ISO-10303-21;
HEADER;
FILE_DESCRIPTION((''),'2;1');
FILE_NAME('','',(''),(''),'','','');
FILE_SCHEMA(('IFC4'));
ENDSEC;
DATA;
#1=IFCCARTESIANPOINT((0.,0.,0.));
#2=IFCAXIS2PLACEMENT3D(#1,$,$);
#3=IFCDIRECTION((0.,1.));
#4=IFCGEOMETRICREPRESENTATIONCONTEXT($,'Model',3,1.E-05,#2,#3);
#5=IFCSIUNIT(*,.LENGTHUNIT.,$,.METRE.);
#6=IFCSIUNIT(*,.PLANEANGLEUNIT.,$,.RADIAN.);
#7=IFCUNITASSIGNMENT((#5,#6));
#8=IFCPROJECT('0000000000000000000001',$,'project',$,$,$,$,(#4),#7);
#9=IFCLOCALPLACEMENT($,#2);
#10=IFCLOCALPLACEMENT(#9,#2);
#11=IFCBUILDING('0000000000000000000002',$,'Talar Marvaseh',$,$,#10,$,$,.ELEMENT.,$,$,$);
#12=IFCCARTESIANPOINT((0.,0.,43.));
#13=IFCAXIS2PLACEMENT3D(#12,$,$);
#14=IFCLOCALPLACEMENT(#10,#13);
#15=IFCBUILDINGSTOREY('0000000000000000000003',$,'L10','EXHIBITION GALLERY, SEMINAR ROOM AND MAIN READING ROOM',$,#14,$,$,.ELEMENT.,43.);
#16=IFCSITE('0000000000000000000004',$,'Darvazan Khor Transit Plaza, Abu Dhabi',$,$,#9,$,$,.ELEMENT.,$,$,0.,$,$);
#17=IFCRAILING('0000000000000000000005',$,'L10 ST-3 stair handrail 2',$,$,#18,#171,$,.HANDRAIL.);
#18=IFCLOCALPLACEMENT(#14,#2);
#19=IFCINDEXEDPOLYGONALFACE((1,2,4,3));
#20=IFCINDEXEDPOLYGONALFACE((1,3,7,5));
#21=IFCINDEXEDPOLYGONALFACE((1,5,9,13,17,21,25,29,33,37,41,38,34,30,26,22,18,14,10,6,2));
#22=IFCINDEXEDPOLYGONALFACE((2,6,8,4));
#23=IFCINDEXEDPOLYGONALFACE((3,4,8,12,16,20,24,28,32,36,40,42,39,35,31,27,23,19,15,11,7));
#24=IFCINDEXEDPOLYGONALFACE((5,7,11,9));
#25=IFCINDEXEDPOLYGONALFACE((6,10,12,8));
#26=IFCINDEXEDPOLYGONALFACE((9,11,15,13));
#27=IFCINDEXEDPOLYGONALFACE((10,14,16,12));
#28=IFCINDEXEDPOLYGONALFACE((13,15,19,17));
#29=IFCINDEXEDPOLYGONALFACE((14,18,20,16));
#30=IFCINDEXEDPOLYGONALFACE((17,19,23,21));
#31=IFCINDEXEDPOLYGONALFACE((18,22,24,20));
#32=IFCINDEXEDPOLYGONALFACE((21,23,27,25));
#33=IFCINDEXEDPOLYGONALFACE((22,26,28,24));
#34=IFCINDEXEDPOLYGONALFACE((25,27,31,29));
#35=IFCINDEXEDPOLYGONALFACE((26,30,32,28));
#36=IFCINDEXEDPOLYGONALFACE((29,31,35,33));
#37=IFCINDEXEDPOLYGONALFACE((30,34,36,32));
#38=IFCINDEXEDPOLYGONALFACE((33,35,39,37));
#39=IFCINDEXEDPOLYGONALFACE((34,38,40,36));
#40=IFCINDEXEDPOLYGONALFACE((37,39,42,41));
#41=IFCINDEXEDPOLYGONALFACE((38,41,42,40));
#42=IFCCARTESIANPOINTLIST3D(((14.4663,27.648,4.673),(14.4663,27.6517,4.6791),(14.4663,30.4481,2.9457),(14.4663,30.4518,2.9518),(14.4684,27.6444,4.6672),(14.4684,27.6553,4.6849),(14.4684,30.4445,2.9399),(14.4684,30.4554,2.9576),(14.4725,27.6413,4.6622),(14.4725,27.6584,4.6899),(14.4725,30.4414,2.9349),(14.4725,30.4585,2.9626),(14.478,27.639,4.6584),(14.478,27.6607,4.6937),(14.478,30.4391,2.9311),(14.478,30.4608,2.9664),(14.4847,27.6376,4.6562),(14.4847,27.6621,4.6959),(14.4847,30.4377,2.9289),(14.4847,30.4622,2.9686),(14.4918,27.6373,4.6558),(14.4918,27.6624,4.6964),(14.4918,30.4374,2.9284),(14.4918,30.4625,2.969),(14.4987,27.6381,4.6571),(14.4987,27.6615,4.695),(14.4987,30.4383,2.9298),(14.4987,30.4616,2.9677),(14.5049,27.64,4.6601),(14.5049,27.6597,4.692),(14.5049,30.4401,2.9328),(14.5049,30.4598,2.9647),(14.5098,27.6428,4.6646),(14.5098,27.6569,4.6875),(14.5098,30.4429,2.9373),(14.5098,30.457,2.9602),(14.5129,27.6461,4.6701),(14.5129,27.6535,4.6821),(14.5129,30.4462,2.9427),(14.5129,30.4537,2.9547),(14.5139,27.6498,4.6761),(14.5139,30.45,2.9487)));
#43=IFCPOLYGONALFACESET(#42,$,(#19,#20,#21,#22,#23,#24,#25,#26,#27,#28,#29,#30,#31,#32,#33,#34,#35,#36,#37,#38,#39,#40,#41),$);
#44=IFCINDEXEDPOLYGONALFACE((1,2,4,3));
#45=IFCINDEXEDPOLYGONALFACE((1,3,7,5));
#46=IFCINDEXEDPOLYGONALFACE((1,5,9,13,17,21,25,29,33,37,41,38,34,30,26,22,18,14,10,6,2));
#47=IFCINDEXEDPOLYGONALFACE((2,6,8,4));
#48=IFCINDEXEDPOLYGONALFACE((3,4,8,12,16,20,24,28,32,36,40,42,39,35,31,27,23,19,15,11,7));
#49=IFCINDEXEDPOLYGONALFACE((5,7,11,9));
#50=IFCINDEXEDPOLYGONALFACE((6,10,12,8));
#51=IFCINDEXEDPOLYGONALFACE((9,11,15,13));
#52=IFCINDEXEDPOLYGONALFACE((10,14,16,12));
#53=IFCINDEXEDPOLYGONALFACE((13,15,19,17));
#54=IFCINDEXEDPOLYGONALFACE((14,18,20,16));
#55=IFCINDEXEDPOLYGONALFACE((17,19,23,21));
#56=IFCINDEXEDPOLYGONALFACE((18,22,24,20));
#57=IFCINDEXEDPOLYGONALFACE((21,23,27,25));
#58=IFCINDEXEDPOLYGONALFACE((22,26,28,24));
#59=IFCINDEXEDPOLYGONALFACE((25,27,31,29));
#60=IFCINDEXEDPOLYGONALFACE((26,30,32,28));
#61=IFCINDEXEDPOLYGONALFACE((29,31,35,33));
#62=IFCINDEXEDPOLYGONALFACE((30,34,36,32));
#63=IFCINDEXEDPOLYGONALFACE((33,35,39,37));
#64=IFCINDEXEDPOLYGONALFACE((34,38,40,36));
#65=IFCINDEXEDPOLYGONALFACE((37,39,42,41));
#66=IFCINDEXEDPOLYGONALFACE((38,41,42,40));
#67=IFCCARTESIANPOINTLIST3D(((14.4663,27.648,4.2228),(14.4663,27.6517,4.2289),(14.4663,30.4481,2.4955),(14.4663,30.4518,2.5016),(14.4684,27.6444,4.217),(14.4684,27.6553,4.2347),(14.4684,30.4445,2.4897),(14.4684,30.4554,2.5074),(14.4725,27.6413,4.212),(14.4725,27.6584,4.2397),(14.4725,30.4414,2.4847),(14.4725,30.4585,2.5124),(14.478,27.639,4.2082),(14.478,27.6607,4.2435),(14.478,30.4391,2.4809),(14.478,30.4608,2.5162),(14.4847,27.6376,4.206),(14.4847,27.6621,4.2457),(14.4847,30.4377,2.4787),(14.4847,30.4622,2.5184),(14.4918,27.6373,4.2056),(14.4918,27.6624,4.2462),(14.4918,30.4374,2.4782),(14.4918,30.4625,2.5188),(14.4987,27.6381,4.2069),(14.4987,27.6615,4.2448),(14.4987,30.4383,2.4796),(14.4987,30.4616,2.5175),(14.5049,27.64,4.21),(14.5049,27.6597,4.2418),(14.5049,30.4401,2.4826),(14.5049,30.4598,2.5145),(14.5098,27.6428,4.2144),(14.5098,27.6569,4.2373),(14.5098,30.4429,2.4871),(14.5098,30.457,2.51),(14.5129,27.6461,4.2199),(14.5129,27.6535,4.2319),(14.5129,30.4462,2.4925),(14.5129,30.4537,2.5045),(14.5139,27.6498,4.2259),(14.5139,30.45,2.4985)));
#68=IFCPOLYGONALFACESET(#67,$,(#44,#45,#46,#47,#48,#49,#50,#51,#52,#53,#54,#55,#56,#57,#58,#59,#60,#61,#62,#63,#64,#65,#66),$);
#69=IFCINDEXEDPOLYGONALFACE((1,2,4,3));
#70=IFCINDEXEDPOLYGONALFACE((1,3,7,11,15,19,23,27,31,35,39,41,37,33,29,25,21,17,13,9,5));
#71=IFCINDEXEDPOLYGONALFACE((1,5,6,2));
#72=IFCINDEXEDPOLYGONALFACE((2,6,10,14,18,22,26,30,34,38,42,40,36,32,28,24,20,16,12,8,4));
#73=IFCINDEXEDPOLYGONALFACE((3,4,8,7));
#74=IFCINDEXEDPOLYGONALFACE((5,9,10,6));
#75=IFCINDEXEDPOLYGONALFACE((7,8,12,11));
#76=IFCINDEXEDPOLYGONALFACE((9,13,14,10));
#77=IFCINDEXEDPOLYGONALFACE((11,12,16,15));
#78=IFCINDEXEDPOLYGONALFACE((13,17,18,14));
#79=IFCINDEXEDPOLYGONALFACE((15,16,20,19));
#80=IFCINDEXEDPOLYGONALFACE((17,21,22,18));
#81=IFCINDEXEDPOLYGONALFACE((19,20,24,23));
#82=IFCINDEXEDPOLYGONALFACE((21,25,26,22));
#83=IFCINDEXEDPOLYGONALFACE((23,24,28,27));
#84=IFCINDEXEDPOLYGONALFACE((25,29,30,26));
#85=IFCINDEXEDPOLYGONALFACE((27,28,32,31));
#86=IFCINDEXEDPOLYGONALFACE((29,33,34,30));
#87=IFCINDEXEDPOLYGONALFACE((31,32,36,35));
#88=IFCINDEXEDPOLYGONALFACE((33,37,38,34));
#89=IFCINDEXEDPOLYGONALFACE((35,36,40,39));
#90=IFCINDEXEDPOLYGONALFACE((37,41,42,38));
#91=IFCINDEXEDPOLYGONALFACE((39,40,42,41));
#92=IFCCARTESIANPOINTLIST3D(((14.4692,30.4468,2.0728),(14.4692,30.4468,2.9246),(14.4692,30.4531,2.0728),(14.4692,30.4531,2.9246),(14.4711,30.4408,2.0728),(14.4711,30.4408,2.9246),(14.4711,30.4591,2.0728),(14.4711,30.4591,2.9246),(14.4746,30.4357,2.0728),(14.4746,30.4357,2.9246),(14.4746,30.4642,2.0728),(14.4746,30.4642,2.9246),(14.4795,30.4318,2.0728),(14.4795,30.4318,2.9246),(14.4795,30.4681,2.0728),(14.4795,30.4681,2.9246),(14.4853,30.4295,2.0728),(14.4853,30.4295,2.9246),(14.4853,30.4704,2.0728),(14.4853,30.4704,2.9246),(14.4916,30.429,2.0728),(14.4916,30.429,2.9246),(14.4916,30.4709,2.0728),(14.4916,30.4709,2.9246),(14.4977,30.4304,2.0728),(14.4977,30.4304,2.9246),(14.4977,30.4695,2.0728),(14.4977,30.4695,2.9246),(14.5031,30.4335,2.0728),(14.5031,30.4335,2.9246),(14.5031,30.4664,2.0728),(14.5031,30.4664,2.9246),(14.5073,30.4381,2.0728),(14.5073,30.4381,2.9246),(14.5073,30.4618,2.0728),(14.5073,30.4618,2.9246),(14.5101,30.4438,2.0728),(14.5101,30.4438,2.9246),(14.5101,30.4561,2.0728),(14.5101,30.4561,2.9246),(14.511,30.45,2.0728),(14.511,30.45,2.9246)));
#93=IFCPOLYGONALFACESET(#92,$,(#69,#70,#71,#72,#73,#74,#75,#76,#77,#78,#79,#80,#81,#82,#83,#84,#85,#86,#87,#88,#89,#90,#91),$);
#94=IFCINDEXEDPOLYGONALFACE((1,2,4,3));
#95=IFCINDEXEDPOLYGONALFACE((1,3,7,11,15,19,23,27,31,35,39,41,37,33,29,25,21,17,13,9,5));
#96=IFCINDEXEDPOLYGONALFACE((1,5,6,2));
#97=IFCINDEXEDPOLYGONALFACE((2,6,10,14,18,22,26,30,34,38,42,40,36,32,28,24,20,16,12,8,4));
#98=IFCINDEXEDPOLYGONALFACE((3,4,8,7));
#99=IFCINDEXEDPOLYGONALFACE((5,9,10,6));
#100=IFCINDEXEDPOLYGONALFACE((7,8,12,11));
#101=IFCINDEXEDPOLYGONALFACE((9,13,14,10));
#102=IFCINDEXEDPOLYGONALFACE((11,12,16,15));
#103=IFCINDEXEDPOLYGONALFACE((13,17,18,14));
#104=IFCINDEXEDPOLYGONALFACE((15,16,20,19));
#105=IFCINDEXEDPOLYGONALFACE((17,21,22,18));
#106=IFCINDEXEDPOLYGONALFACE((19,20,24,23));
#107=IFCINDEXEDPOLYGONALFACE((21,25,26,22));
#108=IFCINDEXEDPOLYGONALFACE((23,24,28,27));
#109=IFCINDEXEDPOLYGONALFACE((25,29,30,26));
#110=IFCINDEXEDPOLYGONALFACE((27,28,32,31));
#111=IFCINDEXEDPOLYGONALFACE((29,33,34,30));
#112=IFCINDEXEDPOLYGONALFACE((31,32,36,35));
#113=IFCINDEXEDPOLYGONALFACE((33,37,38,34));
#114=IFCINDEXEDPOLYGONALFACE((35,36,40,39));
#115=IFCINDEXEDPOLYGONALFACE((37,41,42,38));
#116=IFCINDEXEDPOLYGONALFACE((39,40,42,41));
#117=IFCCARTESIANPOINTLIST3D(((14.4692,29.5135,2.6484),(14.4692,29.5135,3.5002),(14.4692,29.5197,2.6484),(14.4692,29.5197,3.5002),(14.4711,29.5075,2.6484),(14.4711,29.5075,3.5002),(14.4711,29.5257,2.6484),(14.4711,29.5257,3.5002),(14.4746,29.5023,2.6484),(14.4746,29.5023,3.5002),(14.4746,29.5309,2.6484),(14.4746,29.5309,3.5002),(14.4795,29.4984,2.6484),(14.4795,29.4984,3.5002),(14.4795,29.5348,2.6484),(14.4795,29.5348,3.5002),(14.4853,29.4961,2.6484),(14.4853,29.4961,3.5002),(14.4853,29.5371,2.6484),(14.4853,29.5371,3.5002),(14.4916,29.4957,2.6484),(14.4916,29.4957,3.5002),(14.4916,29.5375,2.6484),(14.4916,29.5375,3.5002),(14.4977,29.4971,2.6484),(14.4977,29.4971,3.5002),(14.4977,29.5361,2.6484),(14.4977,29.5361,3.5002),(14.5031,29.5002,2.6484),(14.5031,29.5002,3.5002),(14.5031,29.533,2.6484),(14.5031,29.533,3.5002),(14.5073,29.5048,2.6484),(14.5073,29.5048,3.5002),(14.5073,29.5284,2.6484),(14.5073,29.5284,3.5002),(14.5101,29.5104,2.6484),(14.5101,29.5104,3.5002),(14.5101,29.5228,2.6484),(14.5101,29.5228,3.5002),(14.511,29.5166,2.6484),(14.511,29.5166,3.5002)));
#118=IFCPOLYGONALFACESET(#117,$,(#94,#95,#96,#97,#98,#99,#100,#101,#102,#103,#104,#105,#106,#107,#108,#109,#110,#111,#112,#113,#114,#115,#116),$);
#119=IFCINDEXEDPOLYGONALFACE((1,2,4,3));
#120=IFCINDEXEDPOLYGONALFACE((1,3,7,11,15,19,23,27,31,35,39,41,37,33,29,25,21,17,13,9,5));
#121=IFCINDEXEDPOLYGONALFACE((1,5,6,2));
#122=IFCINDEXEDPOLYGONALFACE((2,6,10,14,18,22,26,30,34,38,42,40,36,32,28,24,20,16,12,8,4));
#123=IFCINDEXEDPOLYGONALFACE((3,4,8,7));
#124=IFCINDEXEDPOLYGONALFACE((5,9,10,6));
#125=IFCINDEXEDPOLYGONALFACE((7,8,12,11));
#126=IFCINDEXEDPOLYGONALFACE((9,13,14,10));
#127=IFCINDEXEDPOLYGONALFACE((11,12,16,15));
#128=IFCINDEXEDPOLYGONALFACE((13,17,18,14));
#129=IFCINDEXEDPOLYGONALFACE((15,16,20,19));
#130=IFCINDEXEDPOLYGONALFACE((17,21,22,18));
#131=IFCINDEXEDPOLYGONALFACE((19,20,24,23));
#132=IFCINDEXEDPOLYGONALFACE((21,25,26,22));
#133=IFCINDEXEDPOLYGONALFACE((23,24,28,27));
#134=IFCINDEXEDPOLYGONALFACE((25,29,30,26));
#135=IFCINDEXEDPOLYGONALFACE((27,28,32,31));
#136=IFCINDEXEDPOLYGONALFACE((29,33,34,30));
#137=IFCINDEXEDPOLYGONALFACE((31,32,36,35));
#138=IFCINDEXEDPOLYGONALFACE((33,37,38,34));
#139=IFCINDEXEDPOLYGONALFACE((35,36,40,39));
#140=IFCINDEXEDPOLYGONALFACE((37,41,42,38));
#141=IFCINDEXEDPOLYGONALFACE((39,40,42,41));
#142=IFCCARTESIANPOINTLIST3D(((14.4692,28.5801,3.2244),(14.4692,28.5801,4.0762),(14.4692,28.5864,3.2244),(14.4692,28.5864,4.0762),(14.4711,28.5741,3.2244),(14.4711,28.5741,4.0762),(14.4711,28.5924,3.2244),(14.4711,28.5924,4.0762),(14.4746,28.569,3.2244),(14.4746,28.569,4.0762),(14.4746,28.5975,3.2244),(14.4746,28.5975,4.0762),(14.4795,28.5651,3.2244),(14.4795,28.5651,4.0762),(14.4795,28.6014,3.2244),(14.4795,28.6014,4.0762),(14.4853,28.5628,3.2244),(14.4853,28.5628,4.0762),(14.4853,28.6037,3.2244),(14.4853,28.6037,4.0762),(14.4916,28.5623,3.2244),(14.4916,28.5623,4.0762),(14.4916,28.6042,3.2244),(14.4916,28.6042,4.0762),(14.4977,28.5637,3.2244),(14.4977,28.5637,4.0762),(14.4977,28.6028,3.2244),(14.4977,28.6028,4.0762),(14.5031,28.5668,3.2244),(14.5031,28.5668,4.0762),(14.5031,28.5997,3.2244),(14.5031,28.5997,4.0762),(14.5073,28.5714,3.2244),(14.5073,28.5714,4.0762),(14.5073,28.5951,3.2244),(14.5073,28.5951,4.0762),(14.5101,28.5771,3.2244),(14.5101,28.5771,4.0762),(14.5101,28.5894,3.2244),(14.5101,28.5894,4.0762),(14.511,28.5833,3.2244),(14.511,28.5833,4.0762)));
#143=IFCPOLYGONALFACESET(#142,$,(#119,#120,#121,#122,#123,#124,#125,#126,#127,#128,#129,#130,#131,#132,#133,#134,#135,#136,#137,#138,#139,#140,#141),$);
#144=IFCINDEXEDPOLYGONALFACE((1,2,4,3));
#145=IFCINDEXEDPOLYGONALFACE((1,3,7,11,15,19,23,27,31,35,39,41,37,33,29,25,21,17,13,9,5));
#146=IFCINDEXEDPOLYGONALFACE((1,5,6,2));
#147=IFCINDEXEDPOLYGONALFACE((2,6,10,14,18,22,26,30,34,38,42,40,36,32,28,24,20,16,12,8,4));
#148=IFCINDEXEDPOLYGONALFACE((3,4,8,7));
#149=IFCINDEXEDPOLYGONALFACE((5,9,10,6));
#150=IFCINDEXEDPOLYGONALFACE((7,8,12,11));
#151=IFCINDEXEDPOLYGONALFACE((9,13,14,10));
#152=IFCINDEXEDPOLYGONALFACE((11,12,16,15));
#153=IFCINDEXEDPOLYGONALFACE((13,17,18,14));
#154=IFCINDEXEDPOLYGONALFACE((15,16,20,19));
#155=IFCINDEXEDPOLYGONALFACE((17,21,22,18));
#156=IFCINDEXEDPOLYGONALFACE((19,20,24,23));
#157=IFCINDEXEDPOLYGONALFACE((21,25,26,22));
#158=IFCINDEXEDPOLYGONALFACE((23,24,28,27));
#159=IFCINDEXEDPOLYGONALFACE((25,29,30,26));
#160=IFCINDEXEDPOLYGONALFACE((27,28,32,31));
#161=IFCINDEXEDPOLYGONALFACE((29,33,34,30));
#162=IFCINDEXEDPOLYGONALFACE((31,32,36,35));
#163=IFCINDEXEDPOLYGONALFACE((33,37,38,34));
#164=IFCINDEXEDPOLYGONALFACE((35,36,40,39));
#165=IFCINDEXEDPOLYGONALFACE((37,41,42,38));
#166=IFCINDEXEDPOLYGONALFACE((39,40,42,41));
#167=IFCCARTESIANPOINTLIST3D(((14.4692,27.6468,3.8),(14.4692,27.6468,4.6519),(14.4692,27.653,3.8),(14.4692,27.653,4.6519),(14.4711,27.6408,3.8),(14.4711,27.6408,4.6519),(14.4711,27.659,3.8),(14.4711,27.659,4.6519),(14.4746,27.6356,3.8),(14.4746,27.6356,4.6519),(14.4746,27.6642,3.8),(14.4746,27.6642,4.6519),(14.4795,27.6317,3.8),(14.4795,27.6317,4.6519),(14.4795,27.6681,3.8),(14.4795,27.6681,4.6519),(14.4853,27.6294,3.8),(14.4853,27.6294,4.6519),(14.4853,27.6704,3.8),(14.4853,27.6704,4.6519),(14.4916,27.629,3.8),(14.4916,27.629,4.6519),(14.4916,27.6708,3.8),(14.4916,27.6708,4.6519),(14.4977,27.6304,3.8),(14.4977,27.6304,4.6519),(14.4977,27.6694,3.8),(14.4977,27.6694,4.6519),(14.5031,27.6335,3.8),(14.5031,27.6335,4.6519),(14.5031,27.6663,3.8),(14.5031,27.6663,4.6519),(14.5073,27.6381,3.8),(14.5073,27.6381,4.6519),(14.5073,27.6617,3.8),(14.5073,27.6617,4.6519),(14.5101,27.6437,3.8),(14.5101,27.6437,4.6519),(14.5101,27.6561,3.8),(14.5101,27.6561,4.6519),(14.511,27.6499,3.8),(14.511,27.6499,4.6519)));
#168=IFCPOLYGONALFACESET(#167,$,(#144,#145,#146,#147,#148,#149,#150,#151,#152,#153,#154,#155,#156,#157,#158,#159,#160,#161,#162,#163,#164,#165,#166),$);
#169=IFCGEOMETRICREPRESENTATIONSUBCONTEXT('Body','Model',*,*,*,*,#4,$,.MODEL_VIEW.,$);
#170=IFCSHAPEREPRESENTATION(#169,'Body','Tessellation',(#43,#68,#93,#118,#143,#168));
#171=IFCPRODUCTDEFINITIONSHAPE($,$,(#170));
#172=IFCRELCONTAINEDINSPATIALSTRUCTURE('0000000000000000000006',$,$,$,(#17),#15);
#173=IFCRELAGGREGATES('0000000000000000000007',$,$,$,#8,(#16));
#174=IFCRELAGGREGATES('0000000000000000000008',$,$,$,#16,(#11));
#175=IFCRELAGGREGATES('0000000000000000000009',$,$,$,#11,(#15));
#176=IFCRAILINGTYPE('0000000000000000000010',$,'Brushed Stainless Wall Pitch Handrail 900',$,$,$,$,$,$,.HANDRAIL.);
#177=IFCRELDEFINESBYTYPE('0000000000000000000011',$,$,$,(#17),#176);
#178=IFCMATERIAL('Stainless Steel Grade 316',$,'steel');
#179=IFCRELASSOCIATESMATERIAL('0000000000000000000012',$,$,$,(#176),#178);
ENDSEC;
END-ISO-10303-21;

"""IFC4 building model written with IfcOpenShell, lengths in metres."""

from ifc_helpers import new_model, si_unit, direction, frame, origin, origin_2d, place, context, subcontext, project, spatial, circle, extrude, material, type_object, element, save


model = new_model("IFC4")

# Units and contexts
model_context = context("Model", 3, precision=1e-05, world=origin(), true_north=direction((0.0, 1.0)))
body_context = subcontext(model_context, "Body", "Model", "MODEL_VIEW")
ifc_project = project(units=[si_unit("LENGTHUNIT", "METRE"), si_unit("PLANEANGLEUNIT", "RADIAN")], contexts=[model_context])

# Site, building, storey
site_placement = place(None, origin())
site = spatial("IfcSite", under=ifc_project, at=site_placement, Name="Darvazan Khor Transit Plaza, Abu Dhabi", CompositionType="ELEMENT", RefElevation=0.0)
building_placement = place(site_placement, origin())
building = spatial("IfcBuilding", under=site, at=building_placement, Name="Talar Marvaseh", CompositionType="ELEMENT")
storey_placement = place(building_placement, frame((0.0, 0.0, 43.0)))
storey = spatial("IfcBuildingStorey", under=building, at=storey_placement, Name="L10", Description="EXHIBITION GALLERY, SEMINAR ROOM AND MAIN READING ROOM", CompositionType="ELEMENT", Elevation=43.0)

# Railing
ifc_material_1 = material(Name="Stainless Steel Grade 316", Category="steel")
railing_type_1 = type_object("IfcRailingType", Name="Brushed Stainless Wall Pitch Handrail 900", PredefinedType="HANDRAIL", material=ifc_material_1)
railing_1_placement = place(storey_placement, frame((14.49, 30.45, 2.0728)))
element("IfcRailing", 1, at=railing_1_placement, inside=storey, type_object=railing_type_1, Name="L10 ST-3 stair handrail 2", PredefinedType="HANDRAIL", context=body_context, shape_type="SweptSolid", body=[
    extrude(circle(Radius=0.0239, at=origin_2d()), frame((0.0, 0.0, 0.876), z_axis=(0.0, -0.85109, 0.52502), x_axis=(1.0, 0.0, 0.0)), (0.0, 0.0, 1.0), 3.29),
    extrude(circle(Radius=0.0239, at=origin_2d()), frame((0.0, 0.0, 0.4258), z_axis=(0.0, -0.85109, 0.52502), x_axis=(1.0, 0.0, 0.0)), (0.0, 0.0, 1.0), 3.29),
    extrude(circle(Radius=0.021, at=origin_2d()), origin(), (0.0, 0.0, 1.0), 0.8518),
    extrude(circle(Radius=0.021, at=origin_2d()), frame((0.0, -0.9333, 0.5757)), (0.0, 0.0, 1.0), 0.8518),
    extrude(circle(Radius=0.021, at=origin_2d()), frame((0.0, -1.8667, 1.1516)), (0.0, 0.0, 1.0), 0.8518),
    extrude(circle(Radius=0.021, at=origin_2d()), frame((0.0, -2.8, 1.7273)), (0.0, 0.0, 1.0), 0.8518),
])

save(model, "model.ifc")
